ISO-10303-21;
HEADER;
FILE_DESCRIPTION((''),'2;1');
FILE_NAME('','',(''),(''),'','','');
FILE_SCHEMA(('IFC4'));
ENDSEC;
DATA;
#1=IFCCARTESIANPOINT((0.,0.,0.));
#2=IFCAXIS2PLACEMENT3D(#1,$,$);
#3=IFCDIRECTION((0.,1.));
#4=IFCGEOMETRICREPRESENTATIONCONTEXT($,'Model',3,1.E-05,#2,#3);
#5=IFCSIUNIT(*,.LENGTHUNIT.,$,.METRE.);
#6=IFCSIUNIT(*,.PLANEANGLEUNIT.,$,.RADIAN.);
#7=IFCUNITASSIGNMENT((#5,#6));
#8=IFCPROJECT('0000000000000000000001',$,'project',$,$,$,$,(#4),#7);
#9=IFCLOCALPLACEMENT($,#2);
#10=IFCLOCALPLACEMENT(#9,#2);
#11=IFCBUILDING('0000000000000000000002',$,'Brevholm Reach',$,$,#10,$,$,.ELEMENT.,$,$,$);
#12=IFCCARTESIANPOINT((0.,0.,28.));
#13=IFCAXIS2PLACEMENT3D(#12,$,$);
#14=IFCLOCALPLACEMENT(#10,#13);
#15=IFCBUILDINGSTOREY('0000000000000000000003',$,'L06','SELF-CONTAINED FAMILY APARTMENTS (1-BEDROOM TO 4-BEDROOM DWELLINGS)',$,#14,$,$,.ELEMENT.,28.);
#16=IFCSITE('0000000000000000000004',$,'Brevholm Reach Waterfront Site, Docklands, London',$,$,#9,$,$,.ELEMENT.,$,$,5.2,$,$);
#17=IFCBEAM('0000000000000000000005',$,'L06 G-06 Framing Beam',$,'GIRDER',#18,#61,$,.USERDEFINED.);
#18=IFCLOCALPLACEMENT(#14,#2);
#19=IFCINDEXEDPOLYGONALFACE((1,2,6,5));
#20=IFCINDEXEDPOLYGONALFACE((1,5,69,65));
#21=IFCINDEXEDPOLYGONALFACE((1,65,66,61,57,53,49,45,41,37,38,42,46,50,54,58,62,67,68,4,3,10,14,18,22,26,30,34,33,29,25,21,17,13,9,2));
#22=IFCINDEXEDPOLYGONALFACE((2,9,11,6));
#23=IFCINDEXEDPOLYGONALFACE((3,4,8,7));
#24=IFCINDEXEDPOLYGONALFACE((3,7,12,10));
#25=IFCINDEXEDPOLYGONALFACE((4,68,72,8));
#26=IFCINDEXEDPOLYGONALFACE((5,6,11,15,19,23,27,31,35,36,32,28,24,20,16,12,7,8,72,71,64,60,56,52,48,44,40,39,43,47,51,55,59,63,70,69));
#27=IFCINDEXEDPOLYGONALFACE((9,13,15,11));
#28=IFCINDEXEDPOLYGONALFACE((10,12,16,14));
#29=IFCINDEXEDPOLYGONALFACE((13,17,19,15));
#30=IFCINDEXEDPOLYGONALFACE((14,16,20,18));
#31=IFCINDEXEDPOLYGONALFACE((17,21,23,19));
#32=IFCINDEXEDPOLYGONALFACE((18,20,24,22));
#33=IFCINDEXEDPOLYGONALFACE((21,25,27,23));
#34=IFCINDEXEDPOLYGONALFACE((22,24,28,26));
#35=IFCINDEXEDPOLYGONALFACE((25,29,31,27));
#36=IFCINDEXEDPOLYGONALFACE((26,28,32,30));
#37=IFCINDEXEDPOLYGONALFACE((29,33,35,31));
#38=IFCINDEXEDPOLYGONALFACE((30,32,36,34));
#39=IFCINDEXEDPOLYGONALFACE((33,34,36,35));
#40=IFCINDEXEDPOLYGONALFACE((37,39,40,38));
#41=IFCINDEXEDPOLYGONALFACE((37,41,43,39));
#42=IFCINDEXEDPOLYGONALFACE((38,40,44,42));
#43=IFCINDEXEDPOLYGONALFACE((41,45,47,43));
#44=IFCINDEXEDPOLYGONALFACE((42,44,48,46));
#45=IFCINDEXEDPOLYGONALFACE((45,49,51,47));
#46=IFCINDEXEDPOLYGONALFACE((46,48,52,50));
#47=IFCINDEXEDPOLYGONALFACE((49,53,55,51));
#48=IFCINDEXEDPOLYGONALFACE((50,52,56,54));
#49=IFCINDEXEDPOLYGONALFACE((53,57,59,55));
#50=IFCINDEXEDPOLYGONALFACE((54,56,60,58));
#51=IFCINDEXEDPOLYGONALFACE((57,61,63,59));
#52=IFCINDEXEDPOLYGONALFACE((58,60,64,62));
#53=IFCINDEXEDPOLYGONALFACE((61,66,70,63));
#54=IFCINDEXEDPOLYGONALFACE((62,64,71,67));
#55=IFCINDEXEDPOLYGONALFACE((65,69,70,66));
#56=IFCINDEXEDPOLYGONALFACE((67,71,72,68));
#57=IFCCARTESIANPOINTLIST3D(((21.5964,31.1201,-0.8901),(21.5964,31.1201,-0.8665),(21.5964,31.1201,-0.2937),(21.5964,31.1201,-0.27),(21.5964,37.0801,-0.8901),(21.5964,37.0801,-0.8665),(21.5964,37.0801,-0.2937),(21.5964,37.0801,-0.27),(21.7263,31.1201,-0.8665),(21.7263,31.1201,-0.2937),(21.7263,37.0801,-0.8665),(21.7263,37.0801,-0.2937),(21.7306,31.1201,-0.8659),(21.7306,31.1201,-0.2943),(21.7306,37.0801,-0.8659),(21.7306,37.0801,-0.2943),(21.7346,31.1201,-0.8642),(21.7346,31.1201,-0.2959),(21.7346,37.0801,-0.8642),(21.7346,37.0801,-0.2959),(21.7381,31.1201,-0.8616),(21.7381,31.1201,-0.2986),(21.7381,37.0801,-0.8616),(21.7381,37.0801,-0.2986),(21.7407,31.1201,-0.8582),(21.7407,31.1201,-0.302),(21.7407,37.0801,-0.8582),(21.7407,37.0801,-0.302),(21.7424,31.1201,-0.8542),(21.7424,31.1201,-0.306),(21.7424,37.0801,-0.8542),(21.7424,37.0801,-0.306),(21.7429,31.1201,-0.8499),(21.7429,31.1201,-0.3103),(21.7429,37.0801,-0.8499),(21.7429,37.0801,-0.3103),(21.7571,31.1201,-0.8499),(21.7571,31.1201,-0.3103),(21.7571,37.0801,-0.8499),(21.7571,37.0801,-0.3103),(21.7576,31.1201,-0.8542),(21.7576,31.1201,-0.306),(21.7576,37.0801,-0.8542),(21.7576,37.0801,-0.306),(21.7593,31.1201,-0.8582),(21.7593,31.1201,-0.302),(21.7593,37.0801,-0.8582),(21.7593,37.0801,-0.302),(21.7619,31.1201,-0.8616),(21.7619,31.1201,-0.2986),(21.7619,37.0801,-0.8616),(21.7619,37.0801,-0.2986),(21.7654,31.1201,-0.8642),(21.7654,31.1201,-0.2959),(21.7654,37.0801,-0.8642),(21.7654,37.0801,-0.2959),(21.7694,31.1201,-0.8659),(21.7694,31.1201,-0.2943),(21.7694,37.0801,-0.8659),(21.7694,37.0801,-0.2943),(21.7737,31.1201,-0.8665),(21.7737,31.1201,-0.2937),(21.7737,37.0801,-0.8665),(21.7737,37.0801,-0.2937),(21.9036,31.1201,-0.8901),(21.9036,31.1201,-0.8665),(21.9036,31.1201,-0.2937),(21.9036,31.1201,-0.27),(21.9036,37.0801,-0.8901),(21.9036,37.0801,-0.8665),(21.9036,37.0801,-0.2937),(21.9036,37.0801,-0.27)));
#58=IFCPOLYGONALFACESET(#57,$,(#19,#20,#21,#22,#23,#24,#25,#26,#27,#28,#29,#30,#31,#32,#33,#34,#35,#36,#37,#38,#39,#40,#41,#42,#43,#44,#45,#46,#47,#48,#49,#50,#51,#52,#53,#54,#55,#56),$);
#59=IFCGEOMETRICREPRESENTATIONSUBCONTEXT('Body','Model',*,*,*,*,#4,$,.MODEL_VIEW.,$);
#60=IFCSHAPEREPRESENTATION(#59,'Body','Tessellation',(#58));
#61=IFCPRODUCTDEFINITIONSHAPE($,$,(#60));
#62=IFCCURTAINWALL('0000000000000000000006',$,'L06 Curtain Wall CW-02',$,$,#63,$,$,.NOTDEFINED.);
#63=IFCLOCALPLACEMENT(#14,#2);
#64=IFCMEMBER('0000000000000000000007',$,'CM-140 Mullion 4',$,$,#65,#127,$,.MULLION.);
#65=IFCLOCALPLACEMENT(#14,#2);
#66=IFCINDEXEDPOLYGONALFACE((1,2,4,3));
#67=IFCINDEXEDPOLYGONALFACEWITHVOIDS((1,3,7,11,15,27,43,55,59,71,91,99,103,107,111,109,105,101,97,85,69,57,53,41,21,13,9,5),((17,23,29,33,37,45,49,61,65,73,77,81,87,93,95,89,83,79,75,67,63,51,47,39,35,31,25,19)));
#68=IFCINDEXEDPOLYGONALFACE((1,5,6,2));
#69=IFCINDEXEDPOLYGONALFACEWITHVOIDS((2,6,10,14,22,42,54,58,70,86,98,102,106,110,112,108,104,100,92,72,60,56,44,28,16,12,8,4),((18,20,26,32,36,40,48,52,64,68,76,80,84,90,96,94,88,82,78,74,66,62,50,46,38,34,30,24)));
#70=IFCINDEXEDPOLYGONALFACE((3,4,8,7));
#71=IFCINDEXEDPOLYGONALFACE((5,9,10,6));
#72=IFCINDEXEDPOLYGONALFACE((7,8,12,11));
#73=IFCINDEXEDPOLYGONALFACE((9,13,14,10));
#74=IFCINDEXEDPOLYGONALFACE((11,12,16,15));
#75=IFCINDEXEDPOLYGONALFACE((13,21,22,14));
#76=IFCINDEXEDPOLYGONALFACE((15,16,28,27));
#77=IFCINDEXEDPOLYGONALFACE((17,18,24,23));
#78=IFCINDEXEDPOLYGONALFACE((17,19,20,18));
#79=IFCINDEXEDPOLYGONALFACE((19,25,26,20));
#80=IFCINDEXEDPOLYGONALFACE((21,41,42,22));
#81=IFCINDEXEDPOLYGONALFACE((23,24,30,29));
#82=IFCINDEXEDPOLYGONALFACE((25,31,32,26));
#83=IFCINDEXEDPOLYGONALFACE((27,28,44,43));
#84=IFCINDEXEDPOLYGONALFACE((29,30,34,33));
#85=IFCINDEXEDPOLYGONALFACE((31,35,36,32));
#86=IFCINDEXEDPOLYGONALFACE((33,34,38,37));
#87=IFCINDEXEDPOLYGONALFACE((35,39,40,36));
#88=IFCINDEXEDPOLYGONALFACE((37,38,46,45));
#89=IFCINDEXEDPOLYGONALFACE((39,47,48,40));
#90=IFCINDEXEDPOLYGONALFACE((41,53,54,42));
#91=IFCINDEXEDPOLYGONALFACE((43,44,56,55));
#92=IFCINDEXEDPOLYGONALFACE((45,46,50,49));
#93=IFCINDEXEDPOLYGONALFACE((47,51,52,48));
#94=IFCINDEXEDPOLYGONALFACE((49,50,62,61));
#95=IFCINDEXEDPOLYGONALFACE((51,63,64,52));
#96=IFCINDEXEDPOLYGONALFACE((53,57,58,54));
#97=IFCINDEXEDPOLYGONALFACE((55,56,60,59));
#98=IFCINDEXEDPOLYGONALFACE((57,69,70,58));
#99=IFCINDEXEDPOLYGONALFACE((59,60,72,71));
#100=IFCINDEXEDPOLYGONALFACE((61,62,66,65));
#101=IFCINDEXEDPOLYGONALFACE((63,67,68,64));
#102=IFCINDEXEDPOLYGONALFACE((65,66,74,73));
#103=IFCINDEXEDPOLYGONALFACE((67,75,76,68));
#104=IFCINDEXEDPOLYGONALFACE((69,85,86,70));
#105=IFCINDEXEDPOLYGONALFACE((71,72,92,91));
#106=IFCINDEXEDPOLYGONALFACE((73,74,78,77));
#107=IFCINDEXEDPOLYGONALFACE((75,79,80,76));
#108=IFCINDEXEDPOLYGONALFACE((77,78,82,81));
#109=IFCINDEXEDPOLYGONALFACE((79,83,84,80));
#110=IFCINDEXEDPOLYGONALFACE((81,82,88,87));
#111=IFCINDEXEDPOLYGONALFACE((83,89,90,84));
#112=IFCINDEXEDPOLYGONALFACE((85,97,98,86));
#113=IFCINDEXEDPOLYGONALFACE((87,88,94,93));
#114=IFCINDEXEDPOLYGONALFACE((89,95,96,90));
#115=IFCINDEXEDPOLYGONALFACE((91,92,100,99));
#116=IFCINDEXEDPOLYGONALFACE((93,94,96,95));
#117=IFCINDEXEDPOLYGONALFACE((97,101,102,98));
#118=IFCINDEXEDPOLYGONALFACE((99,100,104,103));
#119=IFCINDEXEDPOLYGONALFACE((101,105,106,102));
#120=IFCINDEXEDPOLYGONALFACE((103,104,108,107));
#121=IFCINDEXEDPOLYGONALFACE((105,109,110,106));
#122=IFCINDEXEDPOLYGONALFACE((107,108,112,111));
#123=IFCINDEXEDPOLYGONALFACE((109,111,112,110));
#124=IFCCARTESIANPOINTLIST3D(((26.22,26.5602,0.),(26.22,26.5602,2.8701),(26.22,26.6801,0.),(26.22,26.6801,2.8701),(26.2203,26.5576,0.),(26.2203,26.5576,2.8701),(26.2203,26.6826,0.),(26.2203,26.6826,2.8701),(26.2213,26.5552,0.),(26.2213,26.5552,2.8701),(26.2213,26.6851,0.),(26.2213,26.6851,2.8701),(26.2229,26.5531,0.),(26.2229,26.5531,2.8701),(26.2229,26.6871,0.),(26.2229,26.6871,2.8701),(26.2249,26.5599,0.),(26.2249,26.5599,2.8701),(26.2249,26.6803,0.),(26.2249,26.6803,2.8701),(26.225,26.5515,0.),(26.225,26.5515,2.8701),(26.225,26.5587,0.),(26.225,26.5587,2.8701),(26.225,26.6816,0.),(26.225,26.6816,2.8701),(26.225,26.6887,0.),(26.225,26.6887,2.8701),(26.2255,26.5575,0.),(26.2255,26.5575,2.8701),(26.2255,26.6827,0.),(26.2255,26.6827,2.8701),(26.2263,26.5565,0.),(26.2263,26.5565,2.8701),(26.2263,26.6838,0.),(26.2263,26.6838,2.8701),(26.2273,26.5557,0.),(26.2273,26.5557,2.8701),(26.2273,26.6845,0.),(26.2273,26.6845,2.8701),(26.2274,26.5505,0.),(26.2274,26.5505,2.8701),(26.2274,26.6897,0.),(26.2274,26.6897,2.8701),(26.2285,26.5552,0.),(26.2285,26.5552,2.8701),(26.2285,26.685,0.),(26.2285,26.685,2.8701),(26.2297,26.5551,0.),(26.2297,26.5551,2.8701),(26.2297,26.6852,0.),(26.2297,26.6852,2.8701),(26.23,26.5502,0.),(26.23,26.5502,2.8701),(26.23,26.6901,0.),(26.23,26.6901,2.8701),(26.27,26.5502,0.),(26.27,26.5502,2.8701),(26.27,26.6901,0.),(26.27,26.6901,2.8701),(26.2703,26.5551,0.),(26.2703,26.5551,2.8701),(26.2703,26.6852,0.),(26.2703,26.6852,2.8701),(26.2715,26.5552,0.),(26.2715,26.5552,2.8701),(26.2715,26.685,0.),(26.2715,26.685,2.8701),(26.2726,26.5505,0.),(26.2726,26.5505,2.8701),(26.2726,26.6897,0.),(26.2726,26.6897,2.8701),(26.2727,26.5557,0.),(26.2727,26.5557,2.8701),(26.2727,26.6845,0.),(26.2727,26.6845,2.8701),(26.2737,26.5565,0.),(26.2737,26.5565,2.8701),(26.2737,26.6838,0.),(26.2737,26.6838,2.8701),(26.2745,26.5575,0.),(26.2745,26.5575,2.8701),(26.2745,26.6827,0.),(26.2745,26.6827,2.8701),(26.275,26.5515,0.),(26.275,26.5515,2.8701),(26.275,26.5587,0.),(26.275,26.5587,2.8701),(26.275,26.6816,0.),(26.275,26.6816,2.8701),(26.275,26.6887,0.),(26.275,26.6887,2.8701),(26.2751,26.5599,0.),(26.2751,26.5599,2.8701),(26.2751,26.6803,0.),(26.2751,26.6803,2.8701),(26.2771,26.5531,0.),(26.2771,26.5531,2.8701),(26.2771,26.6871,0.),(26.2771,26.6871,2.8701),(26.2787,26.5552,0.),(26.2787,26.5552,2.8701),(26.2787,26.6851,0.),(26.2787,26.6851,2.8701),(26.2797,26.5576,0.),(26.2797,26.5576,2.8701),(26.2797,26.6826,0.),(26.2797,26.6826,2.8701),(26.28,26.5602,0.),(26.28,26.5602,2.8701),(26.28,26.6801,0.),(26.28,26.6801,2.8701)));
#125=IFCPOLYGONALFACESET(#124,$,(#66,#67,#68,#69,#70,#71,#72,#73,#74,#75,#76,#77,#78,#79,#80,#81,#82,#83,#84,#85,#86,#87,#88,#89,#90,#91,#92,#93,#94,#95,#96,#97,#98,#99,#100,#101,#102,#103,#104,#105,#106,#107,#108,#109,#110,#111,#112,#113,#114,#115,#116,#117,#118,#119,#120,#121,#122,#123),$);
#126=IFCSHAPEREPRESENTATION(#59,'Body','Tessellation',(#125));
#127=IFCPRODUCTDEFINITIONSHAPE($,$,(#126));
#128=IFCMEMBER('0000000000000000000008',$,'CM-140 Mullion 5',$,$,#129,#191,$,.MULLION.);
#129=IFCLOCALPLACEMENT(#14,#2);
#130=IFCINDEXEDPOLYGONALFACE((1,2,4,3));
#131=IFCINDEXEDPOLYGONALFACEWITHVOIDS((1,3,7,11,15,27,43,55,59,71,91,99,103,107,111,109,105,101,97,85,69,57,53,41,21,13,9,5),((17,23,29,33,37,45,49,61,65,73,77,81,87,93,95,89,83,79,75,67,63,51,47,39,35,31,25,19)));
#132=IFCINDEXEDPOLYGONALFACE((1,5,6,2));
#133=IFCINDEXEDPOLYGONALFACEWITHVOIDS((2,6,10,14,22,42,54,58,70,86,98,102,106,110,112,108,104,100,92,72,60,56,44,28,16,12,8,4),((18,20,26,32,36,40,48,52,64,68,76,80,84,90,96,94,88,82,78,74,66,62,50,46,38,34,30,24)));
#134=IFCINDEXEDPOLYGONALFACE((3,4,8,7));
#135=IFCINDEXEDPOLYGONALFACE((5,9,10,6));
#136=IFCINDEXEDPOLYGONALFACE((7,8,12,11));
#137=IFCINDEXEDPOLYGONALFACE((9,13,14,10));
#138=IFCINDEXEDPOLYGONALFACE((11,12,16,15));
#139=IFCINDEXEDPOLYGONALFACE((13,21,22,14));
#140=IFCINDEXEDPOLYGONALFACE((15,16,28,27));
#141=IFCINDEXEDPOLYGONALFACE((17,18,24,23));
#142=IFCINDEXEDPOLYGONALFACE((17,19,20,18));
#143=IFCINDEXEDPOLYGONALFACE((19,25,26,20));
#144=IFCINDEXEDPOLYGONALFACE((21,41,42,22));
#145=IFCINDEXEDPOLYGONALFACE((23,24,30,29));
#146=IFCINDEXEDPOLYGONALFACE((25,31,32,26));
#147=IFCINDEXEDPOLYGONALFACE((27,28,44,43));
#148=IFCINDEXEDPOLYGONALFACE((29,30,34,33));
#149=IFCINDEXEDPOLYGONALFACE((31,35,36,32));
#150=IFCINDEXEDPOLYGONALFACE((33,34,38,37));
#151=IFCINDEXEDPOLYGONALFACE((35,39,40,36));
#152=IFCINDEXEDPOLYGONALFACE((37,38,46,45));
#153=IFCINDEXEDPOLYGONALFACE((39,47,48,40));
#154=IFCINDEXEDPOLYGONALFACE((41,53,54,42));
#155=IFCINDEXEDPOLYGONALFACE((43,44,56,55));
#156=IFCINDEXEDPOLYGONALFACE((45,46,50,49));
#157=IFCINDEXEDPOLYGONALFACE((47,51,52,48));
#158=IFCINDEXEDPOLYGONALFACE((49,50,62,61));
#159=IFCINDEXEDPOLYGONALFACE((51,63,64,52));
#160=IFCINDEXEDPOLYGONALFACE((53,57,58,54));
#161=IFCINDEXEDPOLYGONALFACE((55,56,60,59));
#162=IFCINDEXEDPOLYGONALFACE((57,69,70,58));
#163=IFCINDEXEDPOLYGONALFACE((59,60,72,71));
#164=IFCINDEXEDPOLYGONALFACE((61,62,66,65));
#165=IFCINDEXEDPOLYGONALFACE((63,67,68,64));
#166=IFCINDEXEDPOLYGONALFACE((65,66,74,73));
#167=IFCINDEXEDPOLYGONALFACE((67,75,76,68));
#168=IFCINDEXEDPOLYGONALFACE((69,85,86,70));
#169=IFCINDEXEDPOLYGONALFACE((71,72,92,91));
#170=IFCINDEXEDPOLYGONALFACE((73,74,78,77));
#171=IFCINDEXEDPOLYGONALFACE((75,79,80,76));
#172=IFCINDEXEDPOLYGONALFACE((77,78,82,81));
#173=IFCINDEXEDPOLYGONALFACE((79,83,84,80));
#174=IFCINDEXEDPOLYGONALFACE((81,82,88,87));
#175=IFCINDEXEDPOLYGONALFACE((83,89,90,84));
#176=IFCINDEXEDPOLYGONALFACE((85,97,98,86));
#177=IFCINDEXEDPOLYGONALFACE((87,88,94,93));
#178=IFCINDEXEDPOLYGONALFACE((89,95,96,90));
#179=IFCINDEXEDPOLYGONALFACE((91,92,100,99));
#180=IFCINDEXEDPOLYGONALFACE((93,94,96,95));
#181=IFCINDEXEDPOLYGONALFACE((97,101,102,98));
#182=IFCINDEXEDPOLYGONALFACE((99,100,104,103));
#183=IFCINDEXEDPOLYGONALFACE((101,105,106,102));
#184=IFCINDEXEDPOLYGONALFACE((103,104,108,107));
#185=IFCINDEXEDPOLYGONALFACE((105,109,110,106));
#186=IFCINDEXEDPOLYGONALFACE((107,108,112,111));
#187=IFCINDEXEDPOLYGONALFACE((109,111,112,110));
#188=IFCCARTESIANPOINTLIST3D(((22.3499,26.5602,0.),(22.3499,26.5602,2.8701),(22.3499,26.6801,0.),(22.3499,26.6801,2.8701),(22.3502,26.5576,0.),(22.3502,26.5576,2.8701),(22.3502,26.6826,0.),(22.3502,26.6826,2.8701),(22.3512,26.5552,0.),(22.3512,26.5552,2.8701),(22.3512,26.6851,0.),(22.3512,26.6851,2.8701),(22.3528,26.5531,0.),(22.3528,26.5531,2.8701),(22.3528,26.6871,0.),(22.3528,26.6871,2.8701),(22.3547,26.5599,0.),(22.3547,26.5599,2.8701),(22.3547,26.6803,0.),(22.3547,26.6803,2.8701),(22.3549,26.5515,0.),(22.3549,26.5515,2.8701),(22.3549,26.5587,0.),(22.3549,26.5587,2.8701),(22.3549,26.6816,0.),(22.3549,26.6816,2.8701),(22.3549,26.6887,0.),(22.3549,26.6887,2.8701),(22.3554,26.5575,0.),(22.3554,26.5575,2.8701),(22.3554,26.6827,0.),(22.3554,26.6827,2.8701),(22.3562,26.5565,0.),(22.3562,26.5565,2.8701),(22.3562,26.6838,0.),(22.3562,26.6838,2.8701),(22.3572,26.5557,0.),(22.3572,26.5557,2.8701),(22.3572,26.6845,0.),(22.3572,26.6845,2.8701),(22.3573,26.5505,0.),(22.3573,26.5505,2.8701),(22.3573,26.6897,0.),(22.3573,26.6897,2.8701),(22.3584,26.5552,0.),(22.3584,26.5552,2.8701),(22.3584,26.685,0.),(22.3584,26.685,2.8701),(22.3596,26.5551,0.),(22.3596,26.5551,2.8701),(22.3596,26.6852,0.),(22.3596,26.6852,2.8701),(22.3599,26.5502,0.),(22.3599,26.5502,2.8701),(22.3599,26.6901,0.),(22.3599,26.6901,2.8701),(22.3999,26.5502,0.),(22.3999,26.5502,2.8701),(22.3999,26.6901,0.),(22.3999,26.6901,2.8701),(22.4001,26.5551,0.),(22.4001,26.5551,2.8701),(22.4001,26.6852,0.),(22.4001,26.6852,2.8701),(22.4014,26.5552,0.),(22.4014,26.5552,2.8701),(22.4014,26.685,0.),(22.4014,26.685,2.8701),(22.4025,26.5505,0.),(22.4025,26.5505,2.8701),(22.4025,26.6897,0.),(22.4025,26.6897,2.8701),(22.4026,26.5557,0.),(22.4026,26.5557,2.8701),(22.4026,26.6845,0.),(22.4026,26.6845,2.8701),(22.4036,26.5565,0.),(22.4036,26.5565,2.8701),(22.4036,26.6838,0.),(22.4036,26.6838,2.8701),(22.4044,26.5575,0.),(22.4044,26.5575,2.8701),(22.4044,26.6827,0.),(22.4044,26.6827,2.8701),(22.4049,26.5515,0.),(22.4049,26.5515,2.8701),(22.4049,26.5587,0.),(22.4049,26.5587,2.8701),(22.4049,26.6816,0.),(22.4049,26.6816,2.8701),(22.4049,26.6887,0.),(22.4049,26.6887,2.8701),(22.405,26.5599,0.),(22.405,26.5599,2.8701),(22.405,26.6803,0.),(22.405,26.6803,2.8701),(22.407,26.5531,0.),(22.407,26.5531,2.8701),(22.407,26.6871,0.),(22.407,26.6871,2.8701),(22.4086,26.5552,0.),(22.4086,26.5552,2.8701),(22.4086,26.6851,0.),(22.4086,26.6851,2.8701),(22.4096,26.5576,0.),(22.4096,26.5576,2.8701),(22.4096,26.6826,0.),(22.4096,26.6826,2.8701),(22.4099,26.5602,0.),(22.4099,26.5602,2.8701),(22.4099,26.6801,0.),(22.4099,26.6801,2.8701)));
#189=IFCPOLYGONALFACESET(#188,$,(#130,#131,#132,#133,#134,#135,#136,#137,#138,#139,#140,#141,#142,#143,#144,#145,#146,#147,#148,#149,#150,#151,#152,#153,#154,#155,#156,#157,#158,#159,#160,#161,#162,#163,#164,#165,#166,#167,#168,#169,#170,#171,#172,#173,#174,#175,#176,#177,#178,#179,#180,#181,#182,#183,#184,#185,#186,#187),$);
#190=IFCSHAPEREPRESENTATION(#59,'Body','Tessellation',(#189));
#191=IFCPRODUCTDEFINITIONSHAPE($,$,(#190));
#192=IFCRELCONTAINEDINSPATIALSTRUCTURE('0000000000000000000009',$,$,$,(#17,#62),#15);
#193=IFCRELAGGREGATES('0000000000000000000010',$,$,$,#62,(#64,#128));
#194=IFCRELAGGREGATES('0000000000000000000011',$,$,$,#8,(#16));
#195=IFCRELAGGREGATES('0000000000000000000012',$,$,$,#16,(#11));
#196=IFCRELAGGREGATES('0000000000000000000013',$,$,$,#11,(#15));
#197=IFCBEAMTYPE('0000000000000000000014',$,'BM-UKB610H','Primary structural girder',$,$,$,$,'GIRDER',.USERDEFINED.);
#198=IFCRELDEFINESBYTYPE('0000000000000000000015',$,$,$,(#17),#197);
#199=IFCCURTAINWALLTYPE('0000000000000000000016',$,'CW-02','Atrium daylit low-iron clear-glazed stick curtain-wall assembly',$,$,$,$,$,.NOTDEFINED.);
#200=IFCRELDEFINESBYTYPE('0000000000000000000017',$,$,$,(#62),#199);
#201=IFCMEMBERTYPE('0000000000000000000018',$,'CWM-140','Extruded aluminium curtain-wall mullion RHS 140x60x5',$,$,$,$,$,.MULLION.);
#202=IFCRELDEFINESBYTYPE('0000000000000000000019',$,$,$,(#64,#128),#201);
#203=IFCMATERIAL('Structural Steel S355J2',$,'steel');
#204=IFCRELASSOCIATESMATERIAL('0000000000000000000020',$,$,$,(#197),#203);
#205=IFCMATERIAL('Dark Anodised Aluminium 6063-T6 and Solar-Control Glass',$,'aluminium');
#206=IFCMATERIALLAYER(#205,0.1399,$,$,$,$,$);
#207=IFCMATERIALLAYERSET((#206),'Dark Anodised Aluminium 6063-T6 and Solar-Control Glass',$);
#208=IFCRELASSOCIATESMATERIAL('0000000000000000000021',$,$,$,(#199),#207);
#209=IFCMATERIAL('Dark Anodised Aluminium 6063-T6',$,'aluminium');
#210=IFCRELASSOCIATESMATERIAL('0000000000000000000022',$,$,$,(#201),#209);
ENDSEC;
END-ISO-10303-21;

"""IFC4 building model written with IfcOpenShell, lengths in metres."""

from ifc_helpers import new_model, si_unit, direction, frame, origin, origin_2d, place, context, subcontext, project, spatial, hollow_rectangle, i_section, extrude, material, layer, layer_set, material_profile, profile_set, type_object, element, aggregate, save


model = new_model("IFC4")

# Units and contexts
model_context = context("Model", 3, precision=1e-05, world=origin(), true_north=direction((0.0, 1.0)))
body_context = subcontext(model_context, "Body", "Model", "MODEL_VIEW")
ifc_project = project(units=[si_unit("LENGTHUNIT", "METRE"), si_unit("PLANEANGLEUNIT", "RADIAN")], contexts=[model_context])

# Site, building, storey
site_placement = place(None, origin())
site = spatial("IfcSite", under=ifc_project, at=site_placement, Name="Brevholm Reach Waterfront Site, Docklands, London", CompositionType="ELEMENT", RefElevation=5.2)
building_placement = place(site_placement, origin())
building = spatial("IfcBuilding", under=site, at=building_placement, Name="Brevholm Reach", CompositionType="ELEMENT")
storey_placement = place(building_placement, frame((0.0, 0.0, 28.0)))
storey = spatial("IfcBuildingStorey", under=building, at=storey_placement, Name="L06", Description="SELF-CONTAINED FAMILY APARTMENTS (1-BEDROOM TO 4-BEDROOM DWELLINGS)", CompositionType="ELEMENT", Elevation=28.0)

# Beam
ifc_material_1 = material(Name="Structural Steel S355J2", Category="steel")
ifc_material_profile_1 = material_profile(ifc_material_1, i_section(OverallWidth=0.3071, OverallDepth=0.6201, WebThickness=0.0142, FlangeThickness=0.0237, FilletRadius=0.0166, at=origin_2d()), Name="UKB 610x305x179")
ifc_profile_set_1 = profile_set([ifc_material_profile_1], Name="Structural Steel S355J2")
beam_type_1 = type_object("IfcBeamType", Name="BM-UKB610H", Description="Primary structural girder", ElementType="GIRDER", PredefinedType="USERDEFINED", material=ifc_profile_set_1)
for number, where, z_axis, x_axis, name in (
    (1, (21.75, 31.1201, -0.5801), (0.0, 1.0, 0.0), (-1.0, 0.0, 0.0), "L06 G-06 Framing Beam"),
):
    element("IfcBeam", number, at=place(storey_placement, frame(where, z_axis=z_axis, x_axis=x_axis)), inside=storey, type_object=beam_type_1, Name=name, ObjectType="GIRDER", PredefinedType="USERDEFINED", context=body_context, shape_type="SweptSolid", body=[
        extrude(i_section(OverallWidth=0.3071, OverallDepth=0.6201, WebThickness=0.0142, FlangeThickness=0.0237, FilletRadius=0.0166, at=origin_2d()), origin(), (0.0, 0.0, 1.0), 5.96),
    ])

# Curtain wall, members
ifc_material_2 = material(Name="Dark Anodised Aluminium 6063-T6 and Solar-Control Glass", Category="aluminium")
ifc_layer_1 = layer(ifc_material_2, 0.1399)
ifc_layer_set_1 = layer_set([ifc_layer_1], Name="Dark Anodised Aluminium 6063-T6 and Solar-Control Glass")
curtain_wall_type_1 = type_object("IfcCurtainWallType", Name="CW-02", Description="Atrium daylit low-iron clear-glazed stick curtain-wall assembly", PredefinedType="NOTDEFINED", material=ifc_layer_set_1)
curtain_wall_1_placement = place(storey_placement, origin())
curtain_wall_1 = element("IfcCurtainWall", 2, at=curtain_wall_1_placement, inside=storey, type_object=curtain_wall_type_1, Name="L06 Curtain Wall CW-02", PredefinedType="NOTDEFINED")
ifc_material_3 = material(Name="Dark Anodised Aluminium 6063-T6", Category="aluminium")
ifc_material_profile_2 = material_profile(ifc_material_3, hollow_rectangle(XDim=0.0601, YDim=0.1399, WallThickness=0.0049, InnerFilletRadius=0.0049, OuterFilletRadius=0.01, at=origin_2d()), Name="RHS 140x60x5")
ifc_profile_set_2 = profile_set([ifc_material_profile_2], Name="Dark Anodised Aluminium 6063-T6")
member_type_1 = type_object("IfcMemberType", Name="CWM-140", Description="Extruded aluminium curtain-wall mullion RHS 140x60x5", PredefinedType="MULLION", material=ifc_profile_set_2)
member_1_placement = place(storey_placement, frame((26.25, 26.6201, 0.0), z_axis=(0.0, 0.0, 1.0), x_axis=(-1.0, 0.0, 0.0)))
member_1 = element("IfcMember", 3, at=member_1_placement, type_object=member_type_1, Name="CM-140 Mullion 4", PredefinedType="MULLION", context=body_context, shape_type="SweptSolid", body=[
    extrude(hollow_rectangle(XDim=0.0601, YDim=0.1399, WallThickness=0.0049, InnerFilletRadius=0.0049, OuterFilletRadius=0.01, at=origin_2d()), origin(), (0.0, 0.0, 1.0), 2.8701),
])
member_2_placement = place(storey_placement, frame((22.3799, 26.6201, 0.0), z_axis=(0.0, 0.0, 1.0), x_axis=(-1.0, 0.0, 0.0)))
member_2 = element("IfcMember", 4, at=member_2_placement, type_object=member_type_1, Name="CM-140 Mullion 5", PredefinedType="MULLION", context=body_context, shape_type="SweptSolid", body=[
    extrude(hollow_rectangle(XDim=0.0601, YDim=0.1399, WallThickness=0.0049, InnerFilletRadius=0.0049, OuterFilletRadius=0.01, at=origin_2d()), origin(), (0.0, 0.0, 1.0), 2.8701),
])

aggregate(curtain_wall_1, [member_1, member_2])

save(model, "model.ifc")
